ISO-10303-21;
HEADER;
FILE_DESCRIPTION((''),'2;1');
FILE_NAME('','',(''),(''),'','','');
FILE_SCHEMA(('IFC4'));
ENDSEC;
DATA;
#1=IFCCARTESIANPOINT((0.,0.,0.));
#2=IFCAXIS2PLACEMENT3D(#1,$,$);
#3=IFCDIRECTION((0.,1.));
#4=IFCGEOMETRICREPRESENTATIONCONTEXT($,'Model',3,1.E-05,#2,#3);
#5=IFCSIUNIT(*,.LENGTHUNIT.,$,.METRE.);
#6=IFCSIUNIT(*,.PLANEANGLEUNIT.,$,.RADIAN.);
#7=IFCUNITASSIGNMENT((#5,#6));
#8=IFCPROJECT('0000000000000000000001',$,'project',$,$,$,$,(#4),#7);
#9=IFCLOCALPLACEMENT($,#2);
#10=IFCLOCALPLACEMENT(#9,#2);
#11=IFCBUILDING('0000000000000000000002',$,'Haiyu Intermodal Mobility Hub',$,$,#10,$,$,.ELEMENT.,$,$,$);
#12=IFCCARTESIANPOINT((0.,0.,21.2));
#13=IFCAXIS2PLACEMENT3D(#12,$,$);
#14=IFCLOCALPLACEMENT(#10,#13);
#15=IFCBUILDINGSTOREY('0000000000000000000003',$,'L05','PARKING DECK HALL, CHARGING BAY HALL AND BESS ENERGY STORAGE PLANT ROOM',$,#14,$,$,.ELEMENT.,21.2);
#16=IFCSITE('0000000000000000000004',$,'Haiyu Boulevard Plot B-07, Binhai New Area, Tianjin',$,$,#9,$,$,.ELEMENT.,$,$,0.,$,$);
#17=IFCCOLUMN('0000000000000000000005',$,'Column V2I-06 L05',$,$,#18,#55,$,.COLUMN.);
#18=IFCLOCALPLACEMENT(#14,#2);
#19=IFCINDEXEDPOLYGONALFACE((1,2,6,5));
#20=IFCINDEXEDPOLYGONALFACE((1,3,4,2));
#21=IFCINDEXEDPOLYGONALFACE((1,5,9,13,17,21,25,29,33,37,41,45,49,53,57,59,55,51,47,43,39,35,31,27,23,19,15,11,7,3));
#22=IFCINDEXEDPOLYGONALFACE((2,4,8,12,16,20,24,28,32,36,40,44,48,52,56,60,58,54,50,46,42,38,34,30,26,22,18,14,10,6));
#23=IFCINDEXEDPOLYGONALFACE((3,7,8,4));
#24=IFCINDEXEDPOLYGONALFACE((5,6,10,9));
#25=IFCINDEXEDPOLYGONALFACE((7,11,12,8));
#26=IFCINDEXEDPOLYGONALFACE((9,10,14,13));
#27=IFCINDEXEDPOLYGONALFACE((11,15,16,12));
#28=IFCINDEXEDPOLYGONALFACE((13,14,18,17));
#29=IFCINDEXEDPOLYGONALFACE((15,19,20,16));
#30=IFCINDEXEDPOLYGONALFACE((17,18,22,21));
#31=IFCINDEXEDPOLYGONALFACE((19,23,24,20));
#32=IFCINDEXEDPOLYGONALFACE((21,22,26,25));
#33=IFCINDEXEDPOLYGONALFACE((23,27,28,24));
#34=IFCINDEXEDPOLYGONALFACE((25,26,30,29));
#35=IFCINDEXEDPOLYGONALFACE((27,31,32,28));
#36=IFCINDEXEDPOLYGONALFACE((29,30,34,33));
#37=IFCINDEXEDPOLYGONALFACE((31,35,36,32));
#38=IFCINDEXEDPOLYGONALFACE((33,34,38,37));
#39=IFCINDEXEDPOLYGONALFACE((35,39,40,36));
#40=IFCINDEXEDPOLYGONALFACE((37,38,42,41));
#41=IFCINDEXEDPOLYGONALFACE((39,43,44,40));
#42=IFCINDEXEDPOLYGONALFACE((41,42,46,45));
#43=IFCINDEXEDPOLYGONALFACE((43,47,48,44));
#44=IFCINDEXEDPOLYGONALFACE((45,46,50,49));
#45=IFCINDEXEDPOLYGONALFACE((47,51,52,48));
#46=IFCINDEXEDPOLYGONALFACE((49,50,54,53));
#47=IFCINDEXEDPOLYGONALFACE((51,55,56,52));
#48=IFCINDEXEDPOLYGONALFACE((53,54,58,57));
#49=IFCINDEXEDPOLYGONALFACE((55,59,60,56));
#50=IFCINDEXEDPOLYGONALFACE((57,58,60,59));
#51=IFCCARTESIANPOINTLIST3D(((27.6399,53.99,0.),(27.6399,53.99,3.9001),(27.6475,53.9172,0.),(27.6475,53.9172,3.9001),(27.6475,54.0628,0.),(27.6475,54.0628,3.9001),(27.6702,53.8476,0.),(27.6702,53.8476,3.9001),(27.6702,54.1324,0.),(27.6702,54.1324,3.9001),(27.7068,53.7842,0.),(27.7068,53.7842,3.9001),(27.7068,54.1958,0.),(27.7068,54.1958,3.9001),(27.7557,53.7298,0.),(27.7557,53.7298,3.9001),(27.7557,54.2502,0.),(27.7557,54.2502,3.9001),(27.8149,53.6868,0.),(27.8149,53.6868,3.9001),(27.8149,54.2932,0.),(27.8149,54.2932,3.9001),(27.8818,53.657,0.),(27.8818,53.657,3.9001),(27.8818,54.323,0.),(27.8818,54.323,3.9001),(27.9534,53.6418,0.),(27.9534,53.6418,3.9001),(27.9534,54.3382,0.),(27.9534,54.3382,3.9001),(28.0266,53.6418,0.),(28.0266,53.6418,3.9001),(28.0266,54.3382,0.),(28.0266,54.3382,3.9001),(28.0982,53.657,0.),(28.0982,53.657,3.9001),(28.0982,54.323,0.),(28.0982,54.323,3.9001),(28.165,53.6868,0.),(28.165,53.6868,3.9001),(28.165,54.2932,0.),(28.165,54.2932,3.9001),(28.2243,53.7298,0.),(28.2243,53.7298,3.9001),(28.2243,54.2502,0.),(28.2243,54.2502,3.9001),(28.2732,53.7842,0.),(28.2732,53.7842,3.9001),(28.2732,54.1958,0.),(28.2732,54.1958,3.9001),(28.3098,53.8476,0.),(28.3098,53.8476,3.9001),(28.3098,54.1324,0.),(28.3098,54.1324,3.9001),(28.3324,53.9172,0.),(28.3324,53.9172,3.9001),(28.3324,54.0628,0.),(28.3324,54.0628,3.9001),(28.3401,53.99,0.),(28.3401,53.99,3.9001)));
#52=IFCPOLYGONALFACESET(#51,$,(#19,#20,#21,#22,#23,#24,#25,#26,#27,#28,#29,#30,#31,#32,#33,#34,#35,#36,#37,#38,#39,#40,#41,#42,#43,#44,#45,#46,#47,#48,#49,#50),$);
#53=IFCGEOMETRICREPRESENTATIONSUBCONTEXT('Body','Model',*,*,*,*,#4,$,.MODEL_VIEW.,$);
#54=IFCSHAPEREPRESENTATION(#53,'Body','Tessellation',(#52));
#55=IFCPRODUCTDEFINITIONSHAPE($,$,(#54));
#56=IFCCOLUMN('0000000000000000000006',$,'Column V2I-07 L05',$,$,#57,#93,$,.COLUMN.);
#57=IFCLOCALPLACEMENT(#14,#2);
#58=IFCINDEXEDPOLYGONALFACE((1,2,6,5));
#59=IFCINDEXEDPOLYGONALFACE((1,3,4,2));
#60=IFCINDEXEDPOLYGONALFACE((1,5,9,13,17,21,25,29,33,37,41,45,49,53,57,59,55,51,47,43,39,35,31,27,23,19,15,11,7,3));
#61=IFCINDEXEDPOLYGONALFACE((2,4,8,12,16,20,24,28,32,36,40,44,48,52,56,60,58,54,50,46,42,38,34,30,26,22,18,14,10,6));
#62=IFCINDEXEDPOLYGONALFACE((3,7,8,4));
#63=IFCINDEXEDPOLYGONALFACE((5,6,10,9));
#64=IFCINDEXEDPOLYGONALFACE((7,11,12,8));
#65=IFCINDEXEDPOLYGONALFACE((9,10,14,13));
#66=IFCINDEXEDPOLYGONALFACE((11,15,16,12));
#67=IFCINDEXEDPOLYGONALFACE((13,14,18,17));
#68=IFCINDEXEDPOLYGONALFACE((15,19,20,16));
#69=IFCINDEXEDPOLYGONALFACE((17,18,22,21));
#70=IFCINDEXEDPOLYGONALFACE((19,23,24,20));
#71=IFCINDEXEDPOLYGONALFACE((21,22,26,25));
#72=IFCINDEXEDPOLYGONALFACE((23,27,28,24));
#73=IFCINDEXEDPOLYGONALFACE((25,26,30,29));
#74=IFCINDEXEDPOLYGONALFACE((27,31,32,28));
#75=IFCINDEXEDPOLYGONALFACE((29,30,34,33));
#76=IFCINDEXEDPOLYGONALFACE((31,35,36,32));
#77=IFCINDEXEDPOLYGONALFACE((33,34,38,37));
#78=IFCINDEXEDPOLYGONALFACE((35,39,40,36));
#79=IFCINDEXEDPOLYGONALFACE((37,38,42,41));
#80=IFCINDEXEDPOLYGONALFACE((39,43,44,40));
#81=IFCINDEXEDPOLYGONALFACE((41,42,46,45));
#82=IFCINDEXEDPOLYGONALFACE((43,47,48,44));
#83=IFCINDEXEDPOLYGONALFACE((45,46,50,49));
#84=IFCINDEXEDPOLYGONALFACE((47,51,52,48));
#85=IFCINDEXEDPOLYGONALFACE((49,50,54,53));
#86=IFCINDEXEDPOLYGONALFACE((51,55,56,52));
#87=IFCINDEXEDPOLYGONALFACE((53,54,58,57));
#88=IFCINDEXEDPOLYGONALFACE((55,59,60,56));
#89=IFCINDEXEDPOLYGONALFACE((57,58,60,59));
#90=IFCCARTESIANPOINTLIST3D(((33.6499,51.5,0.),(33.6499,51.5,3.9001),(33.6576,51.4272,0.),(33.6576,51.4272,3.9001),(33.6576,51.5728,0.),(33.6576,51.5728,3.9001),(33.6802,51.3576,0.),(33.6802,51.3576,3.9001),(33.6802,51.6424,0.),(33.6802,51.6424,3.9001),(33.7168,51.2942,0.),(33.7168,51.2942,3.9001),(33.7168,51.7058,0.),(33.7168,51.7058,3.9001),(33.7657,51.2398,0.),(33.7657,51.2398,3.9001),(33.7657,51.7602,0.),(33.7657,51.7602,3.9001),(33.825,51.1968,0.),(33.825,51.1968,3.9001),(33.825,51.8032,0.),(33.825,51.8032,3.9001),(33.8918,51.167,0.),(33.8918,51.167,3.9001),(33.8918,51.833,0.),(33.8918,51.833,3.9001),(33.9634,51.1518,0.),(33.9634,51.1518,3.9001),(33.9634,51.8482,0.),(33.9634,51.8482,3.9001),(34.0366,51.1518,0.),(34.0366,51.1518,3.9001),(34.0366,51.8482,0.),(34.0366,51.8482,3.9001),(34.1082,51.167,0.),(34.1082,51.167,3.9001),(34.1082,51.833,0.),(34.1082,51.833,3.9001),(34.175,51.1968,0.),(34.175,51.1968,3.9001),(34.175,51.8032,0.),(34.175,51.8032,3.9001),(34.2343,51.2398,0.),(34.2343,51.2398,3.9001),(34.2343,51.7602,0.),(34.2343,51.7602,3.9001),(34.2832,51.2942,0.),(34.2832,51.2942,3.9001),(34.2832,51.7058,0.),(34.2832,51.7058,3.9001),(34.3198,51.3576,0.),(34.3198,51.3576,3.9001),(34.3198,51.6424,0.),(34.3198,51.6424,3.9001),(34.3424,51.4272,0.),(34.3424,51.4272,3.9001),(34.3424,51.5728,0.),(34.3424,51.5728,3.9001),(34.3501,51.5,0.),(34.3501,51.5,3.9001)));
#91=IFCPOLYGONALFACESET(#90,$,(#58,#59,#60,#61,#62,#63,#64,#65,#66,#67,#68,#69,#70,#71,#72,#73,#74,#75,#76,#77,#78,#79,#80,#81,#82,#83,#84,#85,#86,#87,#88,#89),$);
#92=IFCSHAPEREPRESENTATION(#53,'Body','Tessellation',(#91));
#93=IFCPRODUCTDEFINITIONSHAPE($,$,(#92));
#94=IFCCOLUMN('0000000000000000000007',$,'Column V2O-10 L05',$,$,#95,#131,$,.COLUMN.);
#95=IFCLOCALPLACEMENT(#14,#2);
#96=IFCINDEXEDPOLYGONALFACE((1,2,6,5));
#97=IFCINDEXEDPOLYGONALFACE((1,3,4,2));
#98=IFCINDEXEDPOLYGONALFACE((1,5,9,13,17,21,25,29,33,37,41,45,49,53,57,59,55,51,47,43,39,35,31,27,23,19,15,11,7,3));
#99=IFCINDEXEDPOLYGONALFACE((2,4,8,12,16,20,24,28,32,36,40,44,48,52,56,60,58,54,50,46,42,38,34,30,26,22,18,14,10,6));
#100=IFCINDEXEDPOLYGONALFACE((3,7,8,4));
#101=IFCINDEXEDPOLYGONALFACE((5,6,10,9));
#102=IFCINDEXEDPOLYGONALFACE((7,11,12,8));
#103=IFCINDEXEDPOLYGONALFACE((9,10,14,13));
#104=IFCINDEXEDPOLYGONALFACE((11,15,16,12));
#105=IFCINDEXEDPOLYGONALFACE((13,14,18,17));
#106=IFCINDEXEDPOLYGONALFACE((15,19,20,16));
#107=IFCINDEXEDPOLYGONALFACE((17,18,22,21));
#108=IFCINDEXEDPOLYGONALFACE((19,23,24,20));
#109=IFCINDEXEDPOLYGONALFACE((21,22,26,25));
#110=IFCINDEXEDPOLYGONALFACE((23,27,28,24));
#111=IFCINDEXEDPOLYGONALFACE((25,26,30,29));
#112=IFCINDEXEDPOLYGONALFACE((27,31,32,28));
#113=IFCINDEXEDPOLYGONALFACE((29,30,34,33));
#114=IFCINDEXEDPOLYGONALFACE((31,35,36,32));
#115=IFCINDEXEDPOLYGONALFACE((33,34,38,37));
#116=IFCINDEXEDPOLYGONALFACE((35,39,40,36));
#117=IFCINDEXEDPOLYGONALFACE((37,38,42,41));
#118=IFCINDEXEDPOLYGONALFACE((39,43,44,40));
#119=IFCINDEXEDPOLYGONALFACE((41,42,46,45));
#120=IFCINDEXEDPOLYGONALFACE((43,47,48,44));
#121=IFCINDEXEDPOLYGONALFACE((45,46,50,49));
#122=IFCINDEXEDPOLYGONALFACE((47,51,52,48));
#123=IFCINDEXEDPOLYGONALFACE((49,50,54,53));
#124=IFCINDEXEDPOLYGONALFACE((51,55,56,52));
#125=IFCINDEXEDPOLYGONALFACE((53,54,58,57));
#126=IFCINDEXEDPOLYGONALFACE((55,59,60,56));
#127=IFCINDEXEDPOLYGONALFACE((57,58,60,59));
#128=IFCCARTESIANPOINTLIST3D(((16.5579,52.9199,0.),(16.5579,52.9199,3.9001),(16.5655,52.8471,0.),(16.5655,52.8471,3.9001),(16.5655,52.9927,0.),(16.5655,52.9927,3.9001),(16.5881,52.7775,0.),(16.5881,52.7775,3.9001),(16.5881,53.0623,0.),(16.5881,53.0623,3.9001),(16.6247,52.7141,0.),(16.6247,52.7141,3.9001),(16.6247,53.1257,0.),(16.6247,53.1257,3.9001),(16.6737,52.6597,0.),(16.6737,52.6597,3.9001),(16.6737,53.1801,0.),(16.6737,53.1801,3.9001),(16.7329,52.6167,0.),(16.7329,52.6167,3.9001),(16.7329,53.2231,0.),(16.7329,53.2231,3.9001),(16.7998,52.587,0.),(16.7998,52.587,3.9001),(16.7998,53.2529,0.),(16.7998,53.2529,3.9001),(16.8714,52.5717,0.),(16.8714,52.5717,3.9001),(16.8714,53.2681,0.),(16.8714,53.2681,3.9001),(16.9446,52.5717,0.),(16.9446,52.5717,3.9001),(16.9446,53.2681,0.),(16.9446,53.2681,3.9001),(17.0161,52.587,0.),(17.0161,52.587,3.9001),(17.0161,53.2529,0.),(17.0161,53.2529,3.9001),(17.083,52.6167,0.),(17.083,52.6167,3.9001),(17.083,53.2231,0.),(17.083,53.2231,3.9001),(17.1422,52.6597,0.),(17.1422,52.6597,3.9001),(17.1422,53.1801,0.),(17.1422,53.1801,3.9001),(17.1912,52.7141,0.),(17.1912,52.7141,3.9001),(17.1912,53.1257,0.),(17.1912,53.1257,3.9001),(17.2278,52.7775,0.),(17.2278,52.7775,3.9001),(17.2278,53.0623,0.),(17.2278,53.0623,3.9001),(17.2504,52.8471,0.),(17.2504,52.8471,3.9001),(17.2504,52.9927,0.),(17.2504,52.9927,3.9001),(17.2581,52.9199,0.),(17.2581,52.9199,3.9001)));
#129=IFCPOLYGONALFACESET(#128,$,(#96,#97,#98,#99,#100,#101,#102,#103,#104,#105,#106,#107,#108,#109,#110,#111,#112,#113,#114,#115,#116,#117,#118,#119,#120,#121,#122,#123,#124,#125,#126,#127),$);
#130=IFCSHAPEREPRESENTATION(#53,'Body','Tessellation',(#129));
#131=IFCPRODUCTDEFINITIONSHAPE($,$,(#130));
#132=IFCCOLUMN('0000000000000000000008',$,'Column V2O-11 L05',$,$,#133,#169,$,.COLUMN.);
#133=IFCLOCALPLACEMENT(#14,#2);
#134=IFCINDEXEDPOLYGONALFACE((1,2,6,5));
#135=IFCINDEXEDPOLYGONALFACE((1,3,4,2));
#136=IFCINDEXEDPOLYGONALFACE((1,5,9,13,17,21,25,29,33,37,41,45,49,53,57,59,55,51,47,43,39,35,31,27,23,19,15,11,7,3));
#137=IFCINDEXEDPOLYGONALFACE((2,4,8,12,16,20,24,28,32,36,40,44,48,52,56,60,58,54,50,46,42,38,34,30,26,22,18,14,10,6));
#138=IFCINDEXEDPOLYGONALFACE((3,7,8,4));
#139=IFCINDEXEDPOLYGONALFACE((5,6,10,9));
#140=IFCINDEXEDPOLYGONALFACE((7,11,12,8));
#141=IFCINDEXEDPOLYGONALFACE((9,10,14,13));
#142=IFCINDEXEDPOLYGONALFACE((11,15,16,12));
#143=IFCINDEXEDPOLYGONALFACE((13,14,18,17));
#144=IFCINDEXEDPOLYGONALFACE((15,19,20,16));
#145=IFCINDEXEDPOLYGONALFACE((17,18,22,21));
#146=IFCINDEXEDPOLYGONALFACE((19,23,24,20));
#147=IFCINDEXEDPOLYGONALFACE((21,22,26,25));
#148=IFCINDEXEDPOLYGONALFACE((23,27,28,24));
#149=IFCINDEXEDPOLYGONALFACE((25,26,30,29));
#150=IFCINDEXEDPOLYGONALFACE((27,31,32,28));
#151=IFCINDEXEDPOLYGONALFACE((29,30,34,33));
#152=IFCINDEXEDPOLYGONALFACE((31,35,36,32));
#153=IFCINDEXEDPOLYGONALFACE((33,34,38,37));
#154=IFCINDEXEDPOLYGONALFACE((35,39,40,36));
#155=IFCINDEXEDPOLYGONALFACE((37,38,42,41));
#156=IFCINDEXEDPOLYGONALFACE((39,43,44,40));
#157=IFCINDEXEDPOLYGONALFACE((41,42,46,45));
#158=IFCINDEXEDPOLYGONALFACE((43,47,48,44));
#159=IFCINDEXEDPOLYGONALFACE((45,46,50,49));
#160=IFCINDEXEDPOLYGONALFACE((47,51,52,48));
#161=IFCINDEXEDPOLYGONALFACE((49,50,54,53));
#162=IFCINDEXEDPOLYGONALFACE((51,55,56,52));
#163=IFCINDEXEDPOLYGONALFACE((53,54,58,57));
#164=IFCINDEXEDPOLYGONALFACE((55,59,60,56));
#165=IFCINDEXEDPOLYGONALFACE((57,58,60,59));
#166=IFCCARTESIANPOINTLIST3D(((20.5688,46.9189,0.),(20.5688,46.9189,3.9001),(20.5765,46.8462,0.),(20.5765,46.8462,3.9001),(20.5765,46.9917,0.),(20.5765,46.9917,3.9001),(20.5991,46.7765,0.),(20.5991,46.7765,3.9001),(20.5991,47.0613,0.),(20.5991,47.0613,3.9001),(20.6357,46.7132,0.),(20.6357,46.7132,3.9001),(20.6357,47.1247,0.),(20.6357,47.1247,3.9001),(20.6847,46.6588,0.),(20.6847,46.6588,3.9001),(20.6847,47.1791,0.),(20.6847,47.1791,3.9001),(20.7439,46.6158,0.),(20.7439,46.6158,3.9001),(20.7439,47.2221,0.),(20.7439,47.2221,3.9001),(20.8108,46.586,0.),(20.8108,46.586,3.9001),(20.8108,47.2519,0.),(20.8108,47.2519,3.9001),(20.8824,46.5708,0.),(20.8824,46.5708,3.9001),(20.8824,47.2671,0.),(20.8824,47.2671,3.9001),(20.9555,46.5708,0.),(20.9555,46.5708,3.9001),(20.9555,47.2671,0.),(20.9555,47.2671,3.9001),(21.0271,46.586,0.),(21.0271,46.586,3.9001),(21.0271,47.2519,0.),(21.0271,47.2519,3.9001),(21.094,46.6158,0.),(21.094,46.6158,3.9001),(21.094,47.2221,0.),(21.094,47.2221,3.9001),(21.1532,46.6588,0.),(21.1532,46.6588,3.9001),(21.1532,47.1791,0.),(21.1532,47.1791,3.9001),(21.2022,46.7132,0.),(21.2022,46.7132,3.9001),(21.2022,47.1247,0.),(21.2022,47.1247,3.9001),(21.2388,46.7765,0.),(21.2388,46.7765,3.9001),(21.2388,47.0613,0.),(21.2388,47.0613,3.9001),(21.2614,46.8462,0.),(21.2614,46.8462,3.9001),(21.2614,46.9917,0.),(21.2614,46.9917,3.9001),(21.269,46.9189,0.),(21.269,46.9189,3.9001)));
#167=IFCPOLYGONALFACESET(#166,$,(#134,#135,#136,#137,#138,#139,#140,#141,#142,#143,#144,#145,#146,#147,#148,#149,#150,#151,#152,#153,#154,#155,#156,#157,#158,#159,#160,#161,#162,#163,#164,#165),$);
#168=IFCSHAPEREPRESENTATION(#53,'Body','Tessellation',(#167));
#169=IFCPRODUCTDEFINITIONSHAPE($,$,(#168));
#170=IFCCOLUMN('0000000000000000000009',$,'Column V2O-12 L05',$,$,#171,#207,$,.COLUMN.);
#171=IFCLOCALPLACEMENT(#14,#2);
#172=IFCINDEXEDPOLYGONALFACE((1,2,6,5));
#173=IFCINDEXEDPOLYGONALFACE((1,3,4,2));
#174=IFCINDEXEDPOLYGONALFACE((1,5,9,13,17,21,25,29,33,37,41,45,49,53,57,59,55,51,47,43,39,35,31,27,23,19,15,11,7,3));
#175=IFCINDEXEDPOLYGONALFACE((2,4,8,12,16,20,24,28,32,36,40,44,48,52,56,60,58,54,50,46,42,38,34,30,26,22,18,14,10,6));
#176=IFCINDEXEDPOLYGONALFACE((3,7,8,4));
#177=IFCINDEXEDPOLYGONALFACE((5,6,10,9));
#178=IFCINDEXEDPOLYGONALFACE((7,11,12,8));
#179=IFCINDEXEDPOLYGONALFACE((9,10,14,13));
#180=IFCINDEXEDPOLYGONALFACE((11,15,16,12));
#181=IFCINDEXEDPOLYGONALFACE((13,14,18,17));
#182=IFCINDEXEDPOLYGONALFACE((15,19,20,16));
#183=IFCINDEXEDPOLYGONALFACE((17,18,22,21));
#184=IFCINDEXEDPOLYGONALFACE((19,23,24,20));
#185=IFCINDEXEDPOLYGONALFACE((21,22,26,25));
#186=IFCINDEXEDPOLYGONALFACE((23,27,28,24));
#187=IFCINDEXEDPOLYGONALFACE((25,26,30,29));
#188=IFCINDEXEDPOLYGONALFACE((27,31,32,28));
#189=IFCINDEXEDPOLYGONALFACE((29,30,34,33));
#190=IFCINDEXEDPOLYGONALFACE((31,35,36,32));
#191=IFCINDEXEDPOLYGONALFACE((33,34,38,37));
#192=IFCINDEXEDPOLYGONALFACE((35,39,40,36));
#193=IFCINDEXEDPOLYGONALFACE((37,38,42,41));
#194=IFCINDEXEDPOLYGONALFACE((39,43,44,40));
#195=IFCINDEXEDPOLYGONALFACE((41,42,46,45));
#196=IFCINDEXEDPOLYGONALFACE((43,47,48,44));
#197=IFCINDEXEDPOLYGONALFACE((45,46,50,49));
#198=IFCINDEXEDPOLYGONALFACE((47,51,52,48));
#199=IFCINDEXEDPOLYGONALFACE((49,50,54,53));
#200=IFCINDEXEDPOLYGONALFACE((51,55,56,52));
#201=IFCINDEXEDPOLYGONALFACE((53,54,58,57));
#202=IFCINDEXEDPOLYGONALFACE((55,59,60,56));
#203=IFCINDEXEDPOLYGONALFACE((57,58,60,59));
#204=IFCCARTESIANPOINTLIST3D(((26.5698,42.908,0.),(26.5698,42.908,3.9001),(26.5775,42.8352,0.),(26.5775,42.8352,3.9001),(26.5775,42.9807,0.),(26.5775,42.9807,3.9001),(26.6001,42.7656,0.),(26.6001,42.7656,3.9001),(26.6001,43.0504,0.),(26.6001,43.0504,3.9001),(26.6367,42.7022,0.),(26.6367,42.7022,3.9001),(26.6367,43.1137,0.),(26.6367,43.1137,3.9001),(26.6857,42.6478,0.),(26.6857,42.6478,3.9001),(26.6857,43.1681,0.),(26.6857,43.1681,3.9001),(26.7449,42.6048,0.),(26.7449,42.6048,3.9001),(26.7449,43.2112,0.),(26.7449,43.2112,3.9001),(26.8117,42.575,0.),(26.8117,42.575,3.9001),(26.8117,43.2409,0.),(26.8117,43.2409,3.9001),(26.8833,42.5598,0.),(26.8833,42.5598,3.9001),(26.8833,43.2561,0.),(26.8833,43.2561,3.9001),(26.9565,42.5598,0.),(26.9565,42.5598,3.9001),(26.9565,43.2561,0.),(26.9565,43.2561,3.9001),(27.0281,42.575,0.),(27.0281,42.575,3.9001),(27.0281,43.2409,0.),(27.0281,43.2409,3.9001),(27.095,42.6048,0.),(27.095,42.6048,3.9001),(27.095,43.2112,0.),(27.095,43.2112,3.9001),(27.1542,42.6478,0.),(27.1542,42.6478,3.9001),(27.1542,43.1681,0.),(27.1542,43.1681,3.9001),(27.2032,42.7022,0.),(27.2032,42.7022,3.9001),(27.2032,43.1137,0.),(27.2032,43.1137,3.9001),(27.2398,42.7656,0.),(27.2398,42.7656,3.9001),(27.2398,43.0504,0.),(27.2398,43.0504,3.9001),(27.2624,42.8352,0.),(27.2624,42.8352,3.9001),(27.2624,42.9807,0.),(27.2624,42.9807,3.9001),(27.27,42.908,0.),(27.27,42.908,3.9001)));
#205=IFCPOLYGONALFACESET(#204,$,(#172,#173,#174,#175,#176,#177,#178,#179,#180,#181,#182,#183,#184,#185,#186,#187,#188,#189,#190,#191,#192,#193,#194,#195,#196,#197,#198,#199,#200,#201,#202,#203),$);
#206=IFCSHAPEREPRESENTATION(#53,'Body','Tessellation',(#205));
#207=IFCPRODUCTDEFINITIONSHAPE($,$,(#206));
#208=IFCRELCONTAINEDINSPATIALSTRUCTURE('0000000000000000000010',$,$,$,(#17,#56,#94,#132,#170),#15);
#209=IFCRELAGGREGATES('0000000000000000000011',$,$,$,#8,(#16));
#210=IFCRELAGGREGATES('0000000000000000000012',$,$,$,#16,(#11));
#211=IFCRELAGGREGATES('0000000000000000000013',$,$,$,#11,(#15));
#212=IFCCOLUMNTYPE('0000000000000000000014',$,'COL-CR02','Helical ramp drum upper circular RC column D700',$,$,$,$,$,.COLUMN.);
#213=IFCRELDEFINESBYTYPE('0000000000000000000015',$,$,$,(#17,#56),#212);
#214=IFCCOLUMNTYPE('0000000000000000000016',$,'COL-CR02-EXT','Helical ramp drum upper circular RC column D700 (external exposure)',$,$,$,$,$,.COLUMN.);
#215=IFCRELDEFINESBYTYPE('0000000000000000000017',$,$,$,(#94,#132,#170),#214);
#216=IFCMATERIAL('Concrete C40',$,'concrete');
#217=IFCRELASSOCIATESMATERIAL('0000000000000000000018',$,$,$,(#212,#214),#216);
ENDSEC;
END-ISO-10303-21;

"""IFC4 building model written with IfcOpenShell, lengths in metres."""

from ifc_helpers import new_model, si_unit, direction, frame, origin, origin_2d, place, context, subcontext, project, spatial, circle, extrude, material, material_profile, profile_set, type_object, element, save


model = new_model("IFC4")

# Units and contexts
model_context = context("Model", 3, precision=1e-05, world=origin(), true_north=direction((0.0, 1.0)))
body_context = subcontext(model_context, "Body", "Model", "MODEL_VIEW")
ifc_project = project(units=[si_unit("LENGTHUNIT", "METRE"), si_unit("PLANEANGLEUNIT", "RADIAN")], contexts=[model_context])

# Site, building, storey
site_placement = place(None, origin())
site = spatial("IfcSite", under=ifc_project, at=site_placement, Name="Haiyu Boulevard Plot B-07, Binhai New Area, Tianjin", CompositionType="ELEMENT", RefElevation=0.0)
building_placement = place(site_placement, origin())
building = spatial("IfcBuilding", under=site, at=building_placement, Name="Haiyu Intermodal Mobility Hub", CompositionType="ELEMENT")
storey_placement = place(building_placement, frame((0.0, 0.0, 21.2)))
storey = spatial("IfcBuildingStorey", under=building, at=storey_placement, Name="L05", Description="PARKING DECK HALL, CHARGING BAY HALL AND BESS ENERGY STORAGE PLANT ROOM", CompositionType="ELEMENT", Elevation=21.2)

# Columns
ifc_material_1 = material(Name="Concrete C40", Category="concrete")
ifc_material_profile_1 = material_profile(ifc_material_1, circle(Radius=0.3501, at=origin_2d()), Name="RCCOL-D700")
ifc_profile_set_1 = profile_set([ifc_material_profile_1], Name="Concrete C40")
column_type_1 = type_object("IfcColumnType", Name="COL-CR02", Description="Helical ramp drum upper circular RC column D700", PredefinedType="COLUMN", material=ifc_profile_set_1)
for number, where, z_axis, x_axis, name in (
    (1, (27.99, 53.99, 0.0), (0.0, 0.0, 1.0), (1.0, 0.0, 0.0), "Column V2I-06 L05"),
    (2, (34.0, 51.5, 0.0), (0.0, 0.0, 1.0), (1.0, 0.0, 0.0), "Column V2I-07 L05"),
):
    element("IfcColumn", number, at=place(storey_placement, frame(where, z_axis=z_axis, x_axis=x_axis)), inside=storey, type_object=column_type_1, Name=name, PredefinedType="COLUMN", context=body_context, shape_type="SweptSolid", body=[
        extrude(circle(Radius=0.3501, at=origin_2d()), origin(), (0.0, 0.0, 1.0), 3.9001),
    ])
ifc_material_profile_2 = material_profile(ifc_material_1, circle(Radius=0.3501, at=origin_2d()), Name="RCCOL-D700")
ifc_profile_set_2 = profile_set([ifc_material_profile_2], Name="Concrete C40")
column_type_2 = type_object("IfcColumnType", Name="COL-CR02-EXT", Description="Helical ramp drum upper circular RC column D700 (external exposure)", PredefinedType="COLUMN", material=ifc_profile_set_2)
for number, where, z_axis, x_axis, name in (
    (3, (16.908, 52.9199, 0.0), (0.0, 0.0, 1.0), (1.0, 0.0, 0.0), "Column V2O-10 L05"),
    (4, (20.9189, 46.9189, 0.0), (0.0, 0.0, 1.0), (1.0, 0.0, 0.0), "Column V2O-11 L05"),
    (5, (26.9199, 42.908, 0.0), (0.0, 0.0, 1.0), (1.0, 0.0, 0.0), "Column V2O-12 L05"),
):
    element("IfcColumn", number, at=place(storey_placement, frame(where, z_axis=z_axis, x_axis=x_axis)), inside=storey, type_object=column_type_2, Name=name, PredefinedType="COLUMN", context=body_context, shape_type="SweptSolid", body=[
        extrude(circle(Radius=0.3501, at=origin_2d()), origin(), (0.0, 0.0, 1.0), 3.9001),
    ])

save(model, "model.ifc")
